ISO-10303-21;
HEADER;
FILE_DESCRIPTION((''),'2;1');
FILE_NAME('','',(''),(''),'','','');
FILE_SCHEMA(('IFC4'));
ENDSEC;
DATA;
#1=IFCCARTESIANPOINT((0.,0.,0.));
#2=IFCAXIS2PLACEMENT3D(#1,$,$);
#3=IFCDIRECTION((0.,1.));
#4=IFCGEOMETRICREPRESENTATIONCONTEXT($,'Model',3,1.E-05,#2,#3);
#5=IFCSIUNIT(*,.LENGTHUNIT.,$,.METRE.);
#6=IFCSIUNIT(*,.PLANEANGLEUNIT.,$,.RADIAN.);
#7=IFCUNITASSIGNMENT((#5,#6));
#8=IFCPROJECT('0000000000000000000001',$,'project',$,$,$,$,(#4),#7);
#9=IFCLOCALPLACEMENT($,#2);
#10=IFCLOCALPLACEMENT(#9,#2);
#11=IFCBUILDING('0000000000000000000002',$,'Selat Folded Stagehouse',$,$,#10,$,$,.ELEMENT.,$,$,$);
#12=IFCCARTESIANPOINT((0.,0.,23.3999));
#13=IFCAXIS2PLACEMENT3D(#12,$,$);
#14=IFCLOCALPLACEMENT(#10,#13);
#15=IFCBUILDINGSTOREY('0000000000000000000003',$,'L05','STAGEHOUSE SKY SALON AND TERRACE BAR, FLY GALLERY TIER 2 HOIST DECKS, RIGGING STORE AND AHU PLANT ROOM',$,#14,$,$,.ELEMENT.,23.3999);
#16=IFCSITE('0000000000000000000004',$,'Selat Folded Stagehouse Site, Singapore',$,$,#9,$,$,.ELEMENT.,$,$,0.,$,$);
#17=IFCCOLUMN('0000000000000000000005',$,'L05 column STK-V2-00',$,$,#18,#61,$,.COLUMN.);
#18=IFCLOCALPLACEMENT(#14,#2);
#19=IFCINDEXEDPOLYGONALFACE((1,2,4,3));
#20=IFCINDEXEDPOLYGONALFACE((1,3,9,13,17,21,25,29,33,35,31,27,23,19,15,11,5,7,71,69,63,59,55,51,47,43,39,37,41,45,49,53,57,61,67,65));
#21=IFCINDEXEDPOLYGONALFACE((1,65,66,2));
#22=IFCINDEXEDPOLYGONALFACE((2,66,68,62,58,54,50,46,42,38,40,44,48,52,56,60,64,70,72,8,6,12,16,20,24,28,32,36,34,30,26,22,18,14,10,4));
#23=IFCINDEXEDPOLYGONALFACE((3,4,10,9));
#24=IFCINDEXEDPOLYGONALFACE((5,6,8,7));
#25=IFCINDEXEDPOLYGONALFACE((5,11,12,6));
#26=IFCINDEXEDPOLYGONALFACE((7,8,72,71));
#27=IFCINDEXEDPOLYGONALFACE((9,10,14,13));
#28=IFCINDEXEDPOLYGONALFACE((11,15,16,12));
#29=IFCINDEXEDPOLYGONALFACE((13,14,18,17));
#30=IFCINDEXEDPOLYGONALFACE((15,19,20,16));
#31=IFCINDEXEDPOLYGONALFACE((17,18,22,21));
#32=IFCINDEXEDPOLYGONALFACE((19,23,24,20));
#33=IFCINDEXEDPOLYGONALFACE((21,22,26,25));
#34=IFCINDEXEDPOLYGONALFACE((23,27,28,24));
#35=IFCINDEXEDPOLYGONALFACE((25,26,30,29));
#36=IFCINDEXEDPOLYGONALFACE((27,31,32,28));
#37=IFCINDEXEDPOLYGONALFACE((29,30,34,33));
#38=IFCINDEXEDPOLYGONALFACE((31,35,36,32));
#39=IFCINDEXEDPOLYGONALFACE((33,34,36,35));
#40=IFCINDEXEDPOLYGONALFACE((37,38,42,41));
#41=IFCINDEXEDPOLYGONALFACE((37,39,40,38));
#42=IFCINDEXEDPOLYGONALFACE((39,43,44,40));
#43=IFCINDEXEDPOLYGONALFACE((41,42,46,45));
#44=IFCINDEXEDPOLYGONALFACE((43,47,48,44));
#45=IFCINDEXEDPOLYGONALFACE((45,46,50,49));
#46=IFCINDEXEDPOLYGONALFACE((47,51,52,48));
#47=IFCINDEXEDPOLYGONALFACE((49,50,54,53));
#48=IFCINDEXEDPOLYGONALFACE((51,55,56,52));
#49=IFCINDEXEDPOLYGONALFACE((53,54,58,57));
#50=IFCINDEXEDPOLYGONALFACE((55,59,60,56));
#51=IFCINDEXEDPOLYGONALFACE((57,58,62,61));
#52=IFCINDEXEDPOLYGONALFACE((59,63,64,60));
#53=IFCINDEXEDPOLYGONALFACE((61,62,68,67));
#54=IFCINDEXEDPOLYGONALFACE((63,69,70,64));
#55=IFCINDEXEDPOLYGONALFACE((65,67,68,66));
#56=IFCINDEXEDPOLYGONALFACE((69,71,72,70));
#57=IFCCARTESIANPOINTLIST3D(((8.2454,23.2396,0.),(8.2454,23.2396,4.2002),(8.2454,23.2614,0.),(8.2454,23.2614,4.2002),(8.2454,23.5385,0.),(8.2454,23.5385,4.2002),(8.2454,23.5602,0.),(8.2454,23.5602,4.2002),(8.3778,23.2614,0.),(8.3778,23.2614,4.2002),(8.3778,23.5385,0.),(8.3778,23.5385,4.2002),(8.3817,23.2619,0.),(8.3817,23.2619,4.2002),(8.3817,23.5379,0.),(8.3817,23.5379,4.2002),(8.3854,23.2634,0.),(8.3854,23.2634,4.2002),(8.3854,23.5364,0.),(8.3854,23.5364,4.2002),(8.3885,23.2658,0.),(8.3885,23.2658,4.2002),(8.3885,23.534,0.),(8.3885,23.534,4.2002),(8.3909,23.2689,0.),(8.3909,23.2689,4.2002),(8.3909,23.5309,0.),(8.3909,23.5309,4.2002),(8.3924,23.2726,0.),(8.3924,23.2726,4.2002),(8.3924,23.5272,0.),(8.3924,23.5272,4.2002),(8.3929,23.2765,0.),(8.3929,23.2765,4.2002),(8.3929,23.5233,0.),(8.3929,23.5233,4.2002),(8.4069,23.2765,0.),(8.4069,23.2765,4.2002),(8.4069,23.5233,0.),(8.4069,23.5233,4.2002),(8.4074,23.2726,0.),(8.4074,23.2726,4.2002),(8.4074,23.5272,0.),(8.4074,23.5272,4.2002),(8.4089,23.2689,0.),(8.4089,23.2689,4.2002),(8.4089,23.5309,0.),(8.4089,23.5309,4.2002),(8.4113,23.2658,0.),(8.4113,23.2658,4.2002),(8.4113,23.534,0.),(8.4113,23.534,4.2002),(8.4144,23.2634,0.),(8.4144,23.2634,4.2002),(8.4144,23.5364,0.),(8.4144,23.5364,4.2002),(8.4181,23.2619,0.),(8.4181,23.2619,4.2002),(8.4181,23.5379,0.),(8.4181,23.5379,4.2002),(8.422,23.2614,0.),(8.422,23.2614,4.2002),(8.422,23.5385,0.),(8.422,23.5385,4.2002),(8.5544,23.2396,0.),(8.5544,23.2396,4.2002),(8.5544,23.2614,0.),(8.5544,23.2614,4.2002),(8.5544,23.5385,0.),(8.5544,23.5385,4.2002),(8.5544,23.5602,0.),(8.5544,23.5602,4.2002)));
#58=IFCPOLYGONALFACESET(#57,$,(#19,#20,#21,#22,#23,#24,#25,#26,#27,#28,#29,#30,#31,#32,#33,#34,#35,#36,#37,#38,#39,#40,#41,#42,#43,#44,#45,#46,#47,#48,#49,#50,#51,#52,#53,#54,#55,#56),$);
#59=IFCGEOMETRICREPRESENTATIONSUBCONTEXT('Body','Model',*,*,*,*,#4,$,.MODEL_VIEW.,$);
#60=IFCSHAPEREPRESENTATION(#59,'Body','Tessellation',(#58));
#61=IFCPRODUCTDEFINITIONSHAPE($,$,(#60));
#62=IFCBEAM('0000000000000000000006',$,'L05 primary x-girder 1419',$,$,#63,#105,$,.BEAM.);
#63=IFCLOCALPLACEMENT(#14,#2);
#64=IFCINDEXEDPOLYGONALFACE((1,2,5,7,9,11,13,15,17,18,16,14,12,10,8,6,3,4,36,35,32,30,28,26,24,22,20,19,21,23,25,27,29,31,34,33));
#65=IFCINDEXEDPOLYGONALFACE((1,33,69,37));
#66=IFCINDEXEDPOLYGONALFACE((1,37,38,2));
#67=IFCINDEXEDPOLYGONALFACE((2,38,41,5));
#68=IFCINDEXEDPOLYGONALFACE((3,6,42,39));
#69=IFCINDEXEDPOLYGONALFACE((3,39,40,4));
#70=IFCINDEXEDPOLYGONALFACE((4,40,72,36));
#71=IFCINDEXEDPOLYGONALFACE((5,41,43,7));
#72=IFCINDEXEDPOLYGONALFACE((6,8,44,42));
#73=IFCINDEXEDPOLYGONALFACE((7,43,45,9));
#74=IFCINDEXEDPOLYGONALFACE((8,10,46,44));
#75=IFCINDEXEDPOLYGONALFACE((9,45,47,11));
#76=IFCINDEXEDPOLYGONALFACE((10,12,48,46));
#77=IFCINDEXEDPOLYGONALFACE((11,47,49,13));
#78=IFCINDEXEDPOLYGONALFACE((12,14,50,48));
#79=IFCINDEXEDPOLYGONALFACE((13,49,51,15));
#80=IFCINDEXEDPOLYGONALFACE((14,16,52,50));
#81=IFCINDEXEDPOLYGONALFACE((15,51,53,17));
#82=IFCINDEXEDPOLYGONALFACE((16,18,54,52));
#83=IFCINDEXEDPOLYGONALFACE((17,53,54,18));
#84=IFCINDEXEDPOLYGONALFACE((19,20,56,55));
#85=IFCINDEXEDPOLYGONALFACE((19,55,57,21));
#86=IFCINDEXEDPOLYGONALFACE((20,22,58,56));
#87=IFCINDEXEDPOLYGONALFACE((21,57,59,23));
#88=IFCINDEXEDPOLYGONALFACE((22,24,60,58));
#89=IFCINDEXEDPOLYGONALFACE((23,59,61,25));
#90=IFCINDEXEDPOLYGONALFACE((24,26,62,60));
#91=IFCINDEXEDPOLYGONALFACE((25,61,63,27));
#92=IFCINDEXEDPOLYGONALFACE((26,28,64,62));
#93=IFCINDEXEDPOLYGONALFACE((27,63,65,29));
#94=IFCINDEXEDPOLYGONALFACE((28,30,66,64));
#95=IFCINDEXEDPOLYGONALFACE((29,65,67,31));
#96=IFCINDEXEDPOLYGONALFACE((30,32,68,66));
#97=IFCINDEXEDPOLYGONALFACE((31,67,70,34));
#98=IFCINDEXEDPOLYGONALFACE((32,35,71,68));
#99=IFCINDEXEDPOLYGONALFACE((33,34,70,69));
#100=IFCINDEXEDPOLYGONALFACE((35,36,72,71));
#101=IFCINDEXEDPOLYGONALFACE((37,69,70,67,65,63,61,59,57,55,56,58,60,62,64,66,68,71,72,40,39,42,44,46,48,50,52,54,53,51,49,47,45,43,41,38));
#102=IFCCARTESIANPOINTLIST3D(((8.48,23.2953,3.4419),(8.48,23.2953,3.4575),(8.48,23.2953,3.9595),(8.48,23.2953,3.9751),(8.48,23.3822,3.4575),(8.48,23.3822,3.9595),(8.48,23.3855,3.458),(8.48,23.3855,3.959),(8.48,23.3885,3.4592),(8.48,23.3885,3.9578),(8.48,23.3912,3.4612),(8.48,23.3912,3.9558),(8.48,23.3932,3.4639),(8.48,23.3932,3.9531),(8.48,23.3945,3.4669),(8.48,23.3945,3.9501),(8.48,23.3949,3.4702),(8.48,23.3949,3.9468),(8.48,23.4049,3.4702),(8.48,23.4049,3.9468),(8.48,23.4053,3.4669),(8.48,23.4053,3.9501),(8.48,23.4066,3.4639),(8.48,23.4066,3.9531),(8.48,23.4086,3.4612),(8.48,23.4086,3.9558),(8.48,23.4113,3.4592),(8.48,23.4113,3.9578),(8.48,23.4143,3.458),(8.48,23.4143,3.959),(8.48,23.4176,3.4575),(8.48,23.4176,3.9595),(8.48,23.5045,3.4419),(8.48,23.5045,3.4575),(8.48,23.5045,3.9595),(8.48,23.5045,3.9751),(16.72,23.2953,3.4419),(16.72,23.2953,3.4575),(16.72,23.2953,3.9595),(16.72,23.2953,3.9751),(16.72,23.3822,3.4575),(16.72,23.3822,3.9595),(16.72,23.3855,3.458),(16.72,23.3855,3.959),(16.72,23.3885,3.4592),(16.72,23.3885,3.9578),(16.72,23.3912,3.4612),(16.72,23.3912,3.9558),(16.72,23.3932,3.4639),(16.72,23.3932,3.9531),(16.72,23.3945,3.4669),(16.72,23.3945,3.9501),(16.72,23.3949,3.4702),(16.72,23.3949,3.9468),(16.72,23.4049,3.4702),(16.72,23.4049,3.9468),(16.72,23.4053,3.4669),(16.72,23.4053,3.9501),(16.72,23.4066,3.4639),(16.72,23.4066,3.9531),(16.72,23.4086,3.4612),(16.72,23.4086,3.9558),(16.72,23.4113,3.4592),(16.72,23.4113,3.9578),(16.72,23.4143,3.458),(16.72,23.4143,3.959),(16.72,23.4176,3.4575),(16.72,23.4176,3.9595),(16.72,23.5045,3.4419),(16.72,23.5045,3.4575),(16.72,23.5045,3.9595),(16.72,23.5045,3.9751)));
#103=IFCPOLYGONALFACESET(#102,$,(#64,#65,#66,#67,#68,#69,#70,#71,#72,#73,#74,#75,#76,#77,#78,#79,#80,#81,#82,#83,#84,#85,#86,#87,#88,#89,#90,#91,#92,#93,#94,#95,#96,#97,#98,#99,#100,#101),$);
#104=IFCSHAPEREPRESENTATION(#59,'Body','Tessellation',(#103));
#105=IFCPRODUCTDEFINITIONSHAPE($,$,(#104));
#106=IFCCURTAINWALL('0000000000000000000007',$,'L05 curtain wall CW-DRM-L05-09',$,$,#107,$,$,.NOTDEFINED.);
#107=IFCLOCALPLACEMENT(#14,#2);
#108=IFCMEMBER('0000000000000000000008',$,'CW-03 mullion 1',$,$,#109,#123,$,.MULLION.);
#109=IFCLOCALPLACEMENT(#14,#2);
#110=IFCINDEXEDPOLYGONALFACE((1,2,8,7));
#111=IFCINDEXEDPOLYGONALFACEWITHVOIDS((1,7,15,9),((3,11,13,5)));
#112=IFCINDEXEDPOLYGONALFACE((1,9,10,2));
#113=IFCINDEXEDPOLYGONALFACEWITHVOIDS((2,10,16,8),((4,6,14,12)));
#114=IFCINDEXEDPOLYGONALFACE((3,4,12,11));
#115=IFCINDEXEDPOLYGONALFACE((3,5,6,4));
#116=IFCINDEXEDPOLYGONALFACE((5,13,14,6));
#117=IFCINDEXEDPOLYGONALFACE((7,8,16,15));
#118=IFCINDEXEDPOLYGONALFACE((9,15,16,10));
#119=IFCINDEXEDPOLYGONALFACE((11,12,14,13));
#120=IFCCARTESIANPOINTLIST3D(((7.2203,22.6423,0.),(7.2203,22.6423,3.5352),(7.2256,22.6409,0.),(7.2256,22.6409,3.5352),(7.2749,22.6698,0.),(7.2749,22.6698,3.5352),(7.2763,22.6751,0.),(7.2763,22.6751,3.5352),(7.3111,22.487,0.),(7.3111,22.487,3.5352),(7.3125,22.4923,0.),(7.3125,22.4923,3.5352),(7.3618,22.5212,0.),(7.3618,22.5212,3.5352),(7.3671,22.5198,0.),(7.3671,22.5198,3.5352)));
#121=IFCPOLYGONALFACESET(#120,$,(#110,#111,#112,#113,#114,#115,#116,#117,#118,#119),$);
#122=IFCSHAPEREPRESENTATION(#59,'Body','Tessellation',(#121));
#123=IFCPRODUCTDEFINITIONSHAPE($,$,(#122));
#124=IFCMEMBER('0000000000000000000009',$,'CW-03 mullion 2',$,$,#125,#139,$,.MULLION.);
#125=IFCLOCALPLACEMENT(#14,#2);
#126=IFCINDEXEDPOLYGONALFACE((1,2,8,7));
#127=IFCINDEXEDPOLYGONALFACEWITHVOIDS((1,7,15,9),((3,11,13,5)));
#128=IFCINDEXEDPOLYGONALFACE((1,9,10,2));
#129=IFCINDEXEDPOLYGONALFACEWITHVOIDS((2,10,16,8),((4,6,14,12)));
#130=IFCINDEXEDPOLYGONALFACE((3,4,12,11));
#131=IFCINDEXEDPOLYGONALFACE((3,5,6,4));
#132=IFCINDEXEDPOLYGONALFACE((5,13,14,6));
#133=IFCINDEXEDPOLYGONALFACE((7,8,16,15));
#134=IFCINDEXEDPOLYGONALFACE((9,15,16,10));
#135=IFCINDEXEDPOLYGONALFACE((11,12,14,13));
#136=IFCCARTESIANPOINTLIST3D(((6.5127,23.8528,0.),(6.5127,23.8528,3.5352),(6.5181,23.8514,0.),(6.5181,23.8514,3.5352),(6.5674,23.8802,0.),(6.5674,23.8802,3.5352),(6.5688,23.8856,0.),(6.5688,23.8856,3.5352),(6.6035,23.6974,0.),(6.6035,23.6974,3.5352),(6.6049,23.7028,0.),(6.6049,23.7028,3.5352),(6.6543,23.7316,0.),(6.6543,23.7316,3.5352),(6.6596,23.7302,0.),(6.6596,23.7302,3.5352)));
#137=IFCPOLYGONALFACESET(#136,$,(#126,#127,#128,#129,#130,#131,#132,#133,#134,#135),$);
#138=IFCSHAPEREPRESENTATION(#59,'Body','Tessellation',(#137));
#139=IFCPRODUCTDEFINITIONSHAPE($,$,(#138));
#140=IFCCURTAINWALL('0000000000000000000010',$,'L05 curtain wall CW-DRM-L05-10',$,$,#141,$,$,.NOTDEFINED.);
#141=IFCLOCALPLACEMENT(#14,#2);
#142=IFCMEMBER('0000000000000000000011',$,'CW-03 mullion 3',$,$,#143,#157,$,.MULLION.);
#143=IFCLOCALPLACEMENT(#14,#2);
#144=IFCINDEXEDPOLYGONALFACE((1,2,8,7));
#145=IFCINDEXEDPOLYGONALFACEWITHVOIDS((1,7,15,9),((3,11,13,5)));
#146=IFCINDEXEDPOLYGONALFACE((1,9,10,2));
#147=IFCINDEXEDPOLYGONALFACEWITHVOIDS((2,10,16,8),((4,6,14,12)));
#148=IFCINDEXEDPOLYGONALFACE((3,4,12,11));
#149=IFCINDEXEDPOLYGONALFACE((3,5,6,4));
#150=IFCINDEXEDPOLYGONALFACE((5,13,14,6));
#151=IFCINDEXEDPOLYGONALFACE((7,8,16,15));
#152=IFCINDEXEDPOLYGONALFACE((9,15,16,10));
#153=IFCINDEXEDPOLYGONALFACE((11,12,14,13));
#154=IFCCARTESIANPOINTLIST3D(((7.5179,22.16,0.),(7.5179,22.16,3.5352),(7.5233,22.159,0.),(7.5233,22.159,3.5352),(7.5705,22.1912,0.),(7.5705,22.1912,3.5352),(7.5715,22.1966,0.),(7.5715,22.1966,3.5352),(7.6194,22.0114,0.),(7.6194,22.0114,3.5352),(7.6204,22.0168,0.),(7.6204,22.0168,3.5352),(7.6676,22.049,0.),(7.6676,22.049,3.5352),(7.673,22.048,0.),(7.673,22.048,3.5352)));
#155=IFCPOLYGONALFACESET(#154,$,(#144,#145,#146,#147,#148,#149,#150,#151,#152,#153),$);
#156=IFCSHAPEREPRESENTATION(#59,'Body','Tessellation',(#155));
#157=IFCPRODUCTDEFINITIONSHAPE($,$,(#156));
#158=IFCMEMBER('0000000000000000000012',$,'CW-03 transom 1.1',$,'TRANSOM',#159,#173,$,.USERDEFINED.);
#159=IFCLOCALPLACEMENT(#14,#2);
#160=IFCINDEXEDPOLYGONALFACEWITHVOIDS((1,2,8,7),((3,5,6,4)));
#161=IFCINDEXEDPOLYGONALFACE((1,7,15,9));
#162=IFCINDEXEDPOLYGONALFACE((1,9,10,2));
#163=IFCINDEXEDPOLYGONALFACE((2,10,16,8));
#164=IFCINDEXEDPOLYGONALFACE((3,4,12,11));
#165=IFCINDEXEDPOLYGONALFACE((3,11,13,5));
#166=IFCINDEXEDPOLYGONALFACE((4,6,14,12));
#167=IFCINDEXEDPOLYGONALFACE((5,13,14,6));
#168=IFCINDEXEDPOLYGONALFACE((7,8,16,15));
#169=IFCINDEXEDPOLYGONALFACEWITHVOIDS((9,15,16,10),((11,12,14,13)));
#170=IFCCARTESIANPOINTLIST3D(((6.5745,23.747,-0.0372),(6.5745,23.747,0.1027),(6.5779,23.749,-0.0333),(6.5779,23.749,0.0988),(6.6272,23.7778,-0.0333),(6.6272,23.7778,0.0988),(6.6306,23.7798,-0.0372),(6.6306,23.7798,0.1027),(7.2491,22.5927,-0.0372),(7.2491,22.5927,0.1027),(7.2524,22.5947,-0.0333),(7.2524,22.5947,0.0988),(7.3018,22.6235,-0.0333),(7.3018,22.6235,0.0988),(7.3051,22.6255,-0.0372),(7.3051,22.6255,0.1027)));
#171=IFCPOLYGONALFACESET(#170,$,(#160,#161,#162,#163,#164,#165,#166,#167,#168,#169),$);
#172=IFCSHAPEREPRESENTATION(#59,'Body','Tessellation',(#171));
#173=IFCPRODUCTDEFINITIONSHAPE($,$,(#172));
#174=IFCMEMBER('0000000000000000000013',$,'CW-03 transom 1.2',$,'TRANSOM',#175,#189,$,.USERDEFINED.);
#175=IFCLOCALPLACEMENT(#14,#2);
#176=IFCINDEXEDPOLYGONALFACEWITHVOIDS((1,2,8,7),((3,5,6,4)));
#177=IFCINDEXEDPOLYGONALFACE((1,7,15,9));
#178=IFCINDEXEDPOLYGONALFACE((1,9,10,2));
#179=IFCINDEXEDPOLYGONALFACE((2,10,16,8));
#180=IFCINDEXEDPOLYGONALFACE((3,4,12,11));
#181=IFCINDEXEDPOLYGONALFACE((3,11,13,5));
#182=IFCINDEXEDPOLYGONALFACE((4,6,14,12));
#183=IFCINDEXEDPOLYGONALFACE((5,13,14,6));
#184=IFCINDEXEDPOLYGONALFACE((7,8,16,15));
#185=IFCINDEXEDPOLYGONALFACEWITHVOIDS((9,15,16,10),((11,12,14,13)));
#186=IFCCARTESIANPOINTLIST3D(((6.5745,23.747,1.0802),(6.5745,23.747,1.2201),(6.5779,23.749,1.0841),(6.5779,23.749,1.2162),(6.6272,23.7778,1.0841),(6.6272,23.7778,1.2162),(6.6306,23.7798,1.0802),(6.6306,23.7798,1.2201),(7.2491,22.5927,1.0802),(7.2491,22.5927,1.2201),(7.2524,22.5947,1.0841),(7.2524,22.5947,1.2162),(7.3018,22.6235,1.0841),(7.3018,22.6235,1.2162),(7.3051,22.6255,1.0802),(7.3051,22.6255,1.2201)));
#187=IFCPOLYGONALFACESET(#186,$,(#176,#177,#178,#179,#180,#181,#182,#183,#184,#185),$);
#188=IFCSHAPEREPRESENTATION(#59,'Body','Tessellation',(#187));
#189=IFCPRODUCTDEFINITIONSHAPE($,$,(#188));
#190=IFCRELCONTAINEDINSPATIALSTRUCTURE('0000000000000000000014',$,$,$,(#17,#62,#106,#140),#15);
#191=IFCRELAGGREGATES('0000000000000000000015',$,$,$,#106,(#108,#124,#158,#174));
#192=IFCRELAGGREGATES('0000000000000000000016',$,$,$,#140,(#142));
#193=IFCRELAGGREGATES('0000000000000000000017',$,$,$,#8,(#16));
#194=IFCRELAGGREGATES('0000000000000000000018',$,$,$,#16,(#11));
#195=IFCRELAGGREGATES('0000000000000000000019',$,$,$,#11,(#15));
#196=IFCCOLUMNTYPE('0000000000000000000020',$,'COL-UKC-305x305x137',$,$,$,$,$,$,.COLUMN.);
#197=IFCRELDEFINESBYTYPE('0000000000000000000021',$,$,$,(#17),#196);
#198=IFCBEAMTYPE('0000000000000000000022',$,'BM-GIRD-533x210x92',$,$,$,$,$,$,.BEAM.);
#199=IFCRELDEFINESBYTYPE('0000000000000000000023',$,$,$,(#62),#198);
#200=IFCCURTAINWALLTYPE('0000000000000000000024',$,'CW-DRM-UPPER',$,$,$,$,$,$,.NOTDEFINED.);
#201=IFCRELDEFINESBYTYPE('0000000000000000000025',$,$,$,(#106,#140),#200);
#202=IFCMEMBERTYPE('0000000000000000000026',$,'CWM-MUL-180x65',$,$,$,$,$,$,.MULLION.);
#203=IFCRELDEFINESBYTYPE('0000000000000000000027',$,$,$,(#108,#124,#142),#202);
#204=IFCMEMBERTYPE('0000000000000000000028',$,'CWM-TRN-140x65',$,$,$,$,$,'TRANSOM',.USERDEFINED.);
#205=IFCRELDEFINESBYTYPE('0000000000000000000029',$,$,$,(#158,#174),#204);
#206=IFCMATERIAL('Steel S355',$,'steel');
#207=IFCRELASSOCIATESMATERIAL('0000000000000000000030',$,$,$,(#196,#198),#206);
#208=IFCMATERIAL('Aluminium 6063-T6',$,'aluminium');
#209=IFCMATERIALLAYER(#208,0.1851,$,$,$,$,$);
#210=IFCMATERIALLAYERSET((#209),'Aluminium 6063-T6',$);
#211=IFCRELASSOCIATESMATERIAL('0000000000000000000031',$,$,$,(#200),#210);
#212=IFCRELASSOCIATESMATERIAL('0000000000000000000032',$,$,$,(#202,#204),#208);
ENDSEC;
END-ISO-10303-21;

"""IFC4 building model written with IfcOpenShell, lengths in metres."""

from ifc_helpers import new_model, si_unit, direction, frame, origin, origin_2d, place, context, subcontext, project, spatial, hollow_rectangle, i_section, extrude, material, layer, layer_set, material_profile, profile_set, type_object, element, aggregate, save


model = new_model("IFC4")

# Units and contexts
model_context = context("Model", 3, precision=1e-05, world=origin(), true_north=direction((0.0, 1.0)))
body_context = subcontext(model_context, "Body", "Model", "MODEL_VIEW")
ifc_project = project(units=[si_unit("LENGTHUNIT", "METRE"), si_unit("PLANEANGLEUNIT", "RADIAN")], contexts=[model_context])

# Site, building, storey
site_placement = place(None, origin())
site = spatial("IfcSite", under=ifc_project, at=site_placement, Name="Selat Folded Stagehouse Site, Singapore", CompositionType="ELEMENT", RefElevation=0.0)
building_placement = place(site_placement, origin())
building = spatial("IfcBuilding", under=site, at=building_placement, Name="Selat Folded Stagehouse", CompositionType="ELEMENT")
storey_placement = place(building_placement, frame((0.0, 0.0, 23.3999)))
storey = spatial("IfcBuildingStorey", under=building, at=storey_placement, Name="L05", Description="STAGEHOUSE SKY SALON AND TERRACE BAR, FLY GALLERY TIER 2 HOIST DECKS, RIGGING STORE AND AHU PLANT ROOM", CompositionType="ELEMENT", Elevation=23.3999)

# Column
ifc_material_1 = material(Name="Steel S355", Category="steel")
ifc_material_profile_1 = material_profile(ifc_material_1, i_section(OverallWidth=0.3091, OverallDepth=0.3206, WebThickness=0.0139, FlangeThickness=0.0217, FilletRadius=0.0151, at=origin_2d()), Name="UKC 305x305x137")
ifc_profile_set_1 = profile_set([ifc_material_profile_1], Name="Steel S355")
column_type = type_object("IfcColumnType", Name="COL-UKC-305x305x137", PredefinedType="COLUMN", material=ifc_profile_set_1)
column_placement = place(storey_placement, frame((8.3999, 23.3999, 0.0), z_axis=(0.0, 0.0, 1.0), x_axis=(1.0, 0.0, 0.0)))
element("IfcColumn", 1, at=column_placement, inside=storey, type_object=column_type, Name="L05 column STK-V2-00", PredefinedType="COLUMN", context=body_context, shape_type="SweptSolid", body=[
    extrude(i_section(OverallWidth=0.3091, OverallDepth=0.3206, WebThickness=0.0139, FlangeThickness=0.0217, FilletRadius=0.0151, at=origin_2d()), origin(), (0.0, 0.0, 1.0), 4.2002),
])

# Beam
ifc_material_profile_2 = material_profile(ifc_material_1, i_section(OverallWidth=0.2092, OverallDepth=0.5332, WebThickness=0.01, FlangeThickness=0.0156, FilletRadius=0.0127, at=origin_2d()), Name="UKB 533x210x92")
ifc_profile_set_2 = profile_set([ifc_material_profile_2], Name="Steel S355")
beam_type_1 = type_object("IfcBeamType", Name="BM-GIRD-533x210x92", PredefinedType="BEAM", material=ifc_profile_set_2)
beam_1_placement = place(storey_placement, frame((8.48, 23.3999, 3.7085), z_axis=(1.0, 0.0, 0.0), x_axis=(0.0, 1.0, 0.0)))
element("IfcBeam", 2, at=beam_1_placement, inside=storey, type_object=beam_type_1, Name="L05 primary x-girder 1419", PredefinedType="BEAM", context=body_context, shape_type="SweptSolid", body=[
    extrude(i_section(OverallWidth=0.2092, OverallDepth=0.5332, WebThickness=0.01, FlangeThickness=0.0156, FilletRadius=0.0127, at=origin_2d()), origin(), (0.0, 0.0, 1.0), 8.24),
])

# Curtain wall, members
ifc_material_2 = material(Name="Aluminium 6063-T6", Category="aluminium")
ifc_layer_1 = layer(ifc_material_2, 0.1851)
ifc_layer_set_1 = layer_set([ifc_layer_1], Name="Aluminium 6063-T6")
curtain_wall_type = type_object("IfcCurtainWallType", Name="CW-DRM-UPPER", PredefinedType="NOTDEFINED", material=ifc_layer_set_1)
curtain_wall_1_placement = place(storey_placement, origin())
curtain_wall_1 = element("IfcCurtainWall", 3, at=curtain_wall_1_placement, inside=storey, type_object=curtain_wall_type, Name="L05 curtain wall CW-DRM-L05-09", PredefinedType="NOTDEFINED")
ifc_material_profile_3 = material_profile(ifc_material_2, hollow_rectangle(XDim=0.0649, YDim=0.1799, WallThickness=0.0039, at=origin_2d()), Name="ALU 180x65x4.0")
ifc_profile_set_3 = profile_set([ifc_material_profile_3], Name="Aluminium 6063-T6")
member_type_1 = type_object("IfcMemberType", Name="CWM-MUL-180x65", PredefinedType="MULLION", material=ifc_profile_set_3)
member_1_placement = place(storey_placement, frame((7.2937, 22.5811, 0.0), z_axis=(0.0, 0.0, 1.0), x_axis=(-0.863332, -0.504636, 0.0)))
member_1 = element("IfcMember", 4, at=member_1_placement, type_object=member_type_1, Name="CW-03 mullion 1", PredefinedType="MULLION", context=body_context, shape_type="SweptSolid", body=[
    extrude(hollow_rectangle(XDim=0.0649, YDim=0.1799, WallThickness=0.0039, at=origin_2d()), origin(), (0.0, 0.0, 1.0), 3.5352),
])
member_2_placement = place(storey_placement, frame((6.5862, 23.7915, 0.0), z_axis=(0.0, 0.0, 1.0), x_axis=(-0.863332, -0.504636, 0.0)))
member_2 = element("IfcMember", 5, at=member_2_placement, type_object=member_type_1, Name="CW-03 mullion 2", PredefinedType="MULLION", context=body_context, shape_type="SweptSolid", body=[
    extrude(hollow_rectangle(XDim=0.0649, YDim=0.1799, WallThickness=0.0039, at=origin_2d()), origin(), (0.0, 0.0, 1.0), 3.5352),
])

# Curtain wall, member
curtain_wall_2_placement = place(storey_placement, origin())
curtain_wall_2 = element("IfcCurtainWall", 6, at=curtain_wall_2_placement, inside=storey, type_object=curtain_wall_type, Name="L05 curtain wall CW-DRM-L05-10", PredefinedType="NOTDEFINED")
member_3_placement = place(storey_placement, frame((7.5955, 22.104, 0.0), z_axis=(0.0, 0.0, 1.0), x_axis=(-0.82581, -0.563948, 0.0)))
member_3 = element("IfcMember", 7, at=member_3_placement, type_object=member_type_1, Name="CW-03 mullion 3", PredefinedType="MULLION", context=body_context, shape_type="SweptSolid", body=[
    extrude(hollow_rectangle(XDim=0.0649, YDim=0.1799, WallThickness=0.0039, at=origin_2d()), origin(), (0.0, 0.0, 1.0), 3.5352),
])

# Members
ifc_material_profile_4 = material_profile(ifc_material_2, hollow_rectangle(XDim=0.0649, YDim=0.1399, WallThickness=0.0039, at=origin_2d()), Name="ALU 140x65x4.0")
ifc_profile_set_4 = profile_set([ifc_material_profile_4], Name="Aluminium 6063-T6")
member_type_2 = type_object("IfcMemberType", Name="CWM-TRN-140x65", ElementType="TRANSOM", PredefinedType="USERDEFINED", material=ifc_profile_set_4)
member_4_placement = place(storey_placement, frame((7.2771, 22.6091, 0.0327), z_axis=(-0.504552, 0.863381, 0.0), x_axis=(-0.863381, -0.504552, 0.0)))
member_4 = element("IfcMember", 8, at=member_4_placement, type_object=member_type_2, Name="CW-03 transom 1.1", ObjectType="TRANSOM", PredefinedType="USERDEFINED", context=body_context, shape_type="SweptSolid", body=[
    extrude(hollow_rectangle(XDim=0.0649, YDim=0.1399, WallThickness=0.0039, at=origin_2d()), origin(), (0.0, 0.0, 1.0), 1.3369),
])
member_5_placement = place(storey_placement, frame((7.2771, 22.6091, 1.1501), z_axis=(-0.504552, 0.863381, 0.0), x_axis=(-0.863381, -0.504552, 0.0)))
member_5 = element("IfcMember", 9, at=member_5_placement, type_object=member_type_2, Name="CW-03 transom 1.2", ObjectType="TRANSOM", PredefinedType="USERDEFINED", context=body_context, shape_type="SweptSolid", body=[
    extrude(hollow_rectangle(XDim=0.0649, YDim=0.1399, WallThickness=0.0039, at=origin_2d()), origin(), (0.0, 0.0, 1.0), 1.3369),
])

aggregate(curtain_wall_1, [member_1, member_2, member_4, member_5])
aggregate(curtain_wall_2, [member_3])

save(model, "model.ifc")
